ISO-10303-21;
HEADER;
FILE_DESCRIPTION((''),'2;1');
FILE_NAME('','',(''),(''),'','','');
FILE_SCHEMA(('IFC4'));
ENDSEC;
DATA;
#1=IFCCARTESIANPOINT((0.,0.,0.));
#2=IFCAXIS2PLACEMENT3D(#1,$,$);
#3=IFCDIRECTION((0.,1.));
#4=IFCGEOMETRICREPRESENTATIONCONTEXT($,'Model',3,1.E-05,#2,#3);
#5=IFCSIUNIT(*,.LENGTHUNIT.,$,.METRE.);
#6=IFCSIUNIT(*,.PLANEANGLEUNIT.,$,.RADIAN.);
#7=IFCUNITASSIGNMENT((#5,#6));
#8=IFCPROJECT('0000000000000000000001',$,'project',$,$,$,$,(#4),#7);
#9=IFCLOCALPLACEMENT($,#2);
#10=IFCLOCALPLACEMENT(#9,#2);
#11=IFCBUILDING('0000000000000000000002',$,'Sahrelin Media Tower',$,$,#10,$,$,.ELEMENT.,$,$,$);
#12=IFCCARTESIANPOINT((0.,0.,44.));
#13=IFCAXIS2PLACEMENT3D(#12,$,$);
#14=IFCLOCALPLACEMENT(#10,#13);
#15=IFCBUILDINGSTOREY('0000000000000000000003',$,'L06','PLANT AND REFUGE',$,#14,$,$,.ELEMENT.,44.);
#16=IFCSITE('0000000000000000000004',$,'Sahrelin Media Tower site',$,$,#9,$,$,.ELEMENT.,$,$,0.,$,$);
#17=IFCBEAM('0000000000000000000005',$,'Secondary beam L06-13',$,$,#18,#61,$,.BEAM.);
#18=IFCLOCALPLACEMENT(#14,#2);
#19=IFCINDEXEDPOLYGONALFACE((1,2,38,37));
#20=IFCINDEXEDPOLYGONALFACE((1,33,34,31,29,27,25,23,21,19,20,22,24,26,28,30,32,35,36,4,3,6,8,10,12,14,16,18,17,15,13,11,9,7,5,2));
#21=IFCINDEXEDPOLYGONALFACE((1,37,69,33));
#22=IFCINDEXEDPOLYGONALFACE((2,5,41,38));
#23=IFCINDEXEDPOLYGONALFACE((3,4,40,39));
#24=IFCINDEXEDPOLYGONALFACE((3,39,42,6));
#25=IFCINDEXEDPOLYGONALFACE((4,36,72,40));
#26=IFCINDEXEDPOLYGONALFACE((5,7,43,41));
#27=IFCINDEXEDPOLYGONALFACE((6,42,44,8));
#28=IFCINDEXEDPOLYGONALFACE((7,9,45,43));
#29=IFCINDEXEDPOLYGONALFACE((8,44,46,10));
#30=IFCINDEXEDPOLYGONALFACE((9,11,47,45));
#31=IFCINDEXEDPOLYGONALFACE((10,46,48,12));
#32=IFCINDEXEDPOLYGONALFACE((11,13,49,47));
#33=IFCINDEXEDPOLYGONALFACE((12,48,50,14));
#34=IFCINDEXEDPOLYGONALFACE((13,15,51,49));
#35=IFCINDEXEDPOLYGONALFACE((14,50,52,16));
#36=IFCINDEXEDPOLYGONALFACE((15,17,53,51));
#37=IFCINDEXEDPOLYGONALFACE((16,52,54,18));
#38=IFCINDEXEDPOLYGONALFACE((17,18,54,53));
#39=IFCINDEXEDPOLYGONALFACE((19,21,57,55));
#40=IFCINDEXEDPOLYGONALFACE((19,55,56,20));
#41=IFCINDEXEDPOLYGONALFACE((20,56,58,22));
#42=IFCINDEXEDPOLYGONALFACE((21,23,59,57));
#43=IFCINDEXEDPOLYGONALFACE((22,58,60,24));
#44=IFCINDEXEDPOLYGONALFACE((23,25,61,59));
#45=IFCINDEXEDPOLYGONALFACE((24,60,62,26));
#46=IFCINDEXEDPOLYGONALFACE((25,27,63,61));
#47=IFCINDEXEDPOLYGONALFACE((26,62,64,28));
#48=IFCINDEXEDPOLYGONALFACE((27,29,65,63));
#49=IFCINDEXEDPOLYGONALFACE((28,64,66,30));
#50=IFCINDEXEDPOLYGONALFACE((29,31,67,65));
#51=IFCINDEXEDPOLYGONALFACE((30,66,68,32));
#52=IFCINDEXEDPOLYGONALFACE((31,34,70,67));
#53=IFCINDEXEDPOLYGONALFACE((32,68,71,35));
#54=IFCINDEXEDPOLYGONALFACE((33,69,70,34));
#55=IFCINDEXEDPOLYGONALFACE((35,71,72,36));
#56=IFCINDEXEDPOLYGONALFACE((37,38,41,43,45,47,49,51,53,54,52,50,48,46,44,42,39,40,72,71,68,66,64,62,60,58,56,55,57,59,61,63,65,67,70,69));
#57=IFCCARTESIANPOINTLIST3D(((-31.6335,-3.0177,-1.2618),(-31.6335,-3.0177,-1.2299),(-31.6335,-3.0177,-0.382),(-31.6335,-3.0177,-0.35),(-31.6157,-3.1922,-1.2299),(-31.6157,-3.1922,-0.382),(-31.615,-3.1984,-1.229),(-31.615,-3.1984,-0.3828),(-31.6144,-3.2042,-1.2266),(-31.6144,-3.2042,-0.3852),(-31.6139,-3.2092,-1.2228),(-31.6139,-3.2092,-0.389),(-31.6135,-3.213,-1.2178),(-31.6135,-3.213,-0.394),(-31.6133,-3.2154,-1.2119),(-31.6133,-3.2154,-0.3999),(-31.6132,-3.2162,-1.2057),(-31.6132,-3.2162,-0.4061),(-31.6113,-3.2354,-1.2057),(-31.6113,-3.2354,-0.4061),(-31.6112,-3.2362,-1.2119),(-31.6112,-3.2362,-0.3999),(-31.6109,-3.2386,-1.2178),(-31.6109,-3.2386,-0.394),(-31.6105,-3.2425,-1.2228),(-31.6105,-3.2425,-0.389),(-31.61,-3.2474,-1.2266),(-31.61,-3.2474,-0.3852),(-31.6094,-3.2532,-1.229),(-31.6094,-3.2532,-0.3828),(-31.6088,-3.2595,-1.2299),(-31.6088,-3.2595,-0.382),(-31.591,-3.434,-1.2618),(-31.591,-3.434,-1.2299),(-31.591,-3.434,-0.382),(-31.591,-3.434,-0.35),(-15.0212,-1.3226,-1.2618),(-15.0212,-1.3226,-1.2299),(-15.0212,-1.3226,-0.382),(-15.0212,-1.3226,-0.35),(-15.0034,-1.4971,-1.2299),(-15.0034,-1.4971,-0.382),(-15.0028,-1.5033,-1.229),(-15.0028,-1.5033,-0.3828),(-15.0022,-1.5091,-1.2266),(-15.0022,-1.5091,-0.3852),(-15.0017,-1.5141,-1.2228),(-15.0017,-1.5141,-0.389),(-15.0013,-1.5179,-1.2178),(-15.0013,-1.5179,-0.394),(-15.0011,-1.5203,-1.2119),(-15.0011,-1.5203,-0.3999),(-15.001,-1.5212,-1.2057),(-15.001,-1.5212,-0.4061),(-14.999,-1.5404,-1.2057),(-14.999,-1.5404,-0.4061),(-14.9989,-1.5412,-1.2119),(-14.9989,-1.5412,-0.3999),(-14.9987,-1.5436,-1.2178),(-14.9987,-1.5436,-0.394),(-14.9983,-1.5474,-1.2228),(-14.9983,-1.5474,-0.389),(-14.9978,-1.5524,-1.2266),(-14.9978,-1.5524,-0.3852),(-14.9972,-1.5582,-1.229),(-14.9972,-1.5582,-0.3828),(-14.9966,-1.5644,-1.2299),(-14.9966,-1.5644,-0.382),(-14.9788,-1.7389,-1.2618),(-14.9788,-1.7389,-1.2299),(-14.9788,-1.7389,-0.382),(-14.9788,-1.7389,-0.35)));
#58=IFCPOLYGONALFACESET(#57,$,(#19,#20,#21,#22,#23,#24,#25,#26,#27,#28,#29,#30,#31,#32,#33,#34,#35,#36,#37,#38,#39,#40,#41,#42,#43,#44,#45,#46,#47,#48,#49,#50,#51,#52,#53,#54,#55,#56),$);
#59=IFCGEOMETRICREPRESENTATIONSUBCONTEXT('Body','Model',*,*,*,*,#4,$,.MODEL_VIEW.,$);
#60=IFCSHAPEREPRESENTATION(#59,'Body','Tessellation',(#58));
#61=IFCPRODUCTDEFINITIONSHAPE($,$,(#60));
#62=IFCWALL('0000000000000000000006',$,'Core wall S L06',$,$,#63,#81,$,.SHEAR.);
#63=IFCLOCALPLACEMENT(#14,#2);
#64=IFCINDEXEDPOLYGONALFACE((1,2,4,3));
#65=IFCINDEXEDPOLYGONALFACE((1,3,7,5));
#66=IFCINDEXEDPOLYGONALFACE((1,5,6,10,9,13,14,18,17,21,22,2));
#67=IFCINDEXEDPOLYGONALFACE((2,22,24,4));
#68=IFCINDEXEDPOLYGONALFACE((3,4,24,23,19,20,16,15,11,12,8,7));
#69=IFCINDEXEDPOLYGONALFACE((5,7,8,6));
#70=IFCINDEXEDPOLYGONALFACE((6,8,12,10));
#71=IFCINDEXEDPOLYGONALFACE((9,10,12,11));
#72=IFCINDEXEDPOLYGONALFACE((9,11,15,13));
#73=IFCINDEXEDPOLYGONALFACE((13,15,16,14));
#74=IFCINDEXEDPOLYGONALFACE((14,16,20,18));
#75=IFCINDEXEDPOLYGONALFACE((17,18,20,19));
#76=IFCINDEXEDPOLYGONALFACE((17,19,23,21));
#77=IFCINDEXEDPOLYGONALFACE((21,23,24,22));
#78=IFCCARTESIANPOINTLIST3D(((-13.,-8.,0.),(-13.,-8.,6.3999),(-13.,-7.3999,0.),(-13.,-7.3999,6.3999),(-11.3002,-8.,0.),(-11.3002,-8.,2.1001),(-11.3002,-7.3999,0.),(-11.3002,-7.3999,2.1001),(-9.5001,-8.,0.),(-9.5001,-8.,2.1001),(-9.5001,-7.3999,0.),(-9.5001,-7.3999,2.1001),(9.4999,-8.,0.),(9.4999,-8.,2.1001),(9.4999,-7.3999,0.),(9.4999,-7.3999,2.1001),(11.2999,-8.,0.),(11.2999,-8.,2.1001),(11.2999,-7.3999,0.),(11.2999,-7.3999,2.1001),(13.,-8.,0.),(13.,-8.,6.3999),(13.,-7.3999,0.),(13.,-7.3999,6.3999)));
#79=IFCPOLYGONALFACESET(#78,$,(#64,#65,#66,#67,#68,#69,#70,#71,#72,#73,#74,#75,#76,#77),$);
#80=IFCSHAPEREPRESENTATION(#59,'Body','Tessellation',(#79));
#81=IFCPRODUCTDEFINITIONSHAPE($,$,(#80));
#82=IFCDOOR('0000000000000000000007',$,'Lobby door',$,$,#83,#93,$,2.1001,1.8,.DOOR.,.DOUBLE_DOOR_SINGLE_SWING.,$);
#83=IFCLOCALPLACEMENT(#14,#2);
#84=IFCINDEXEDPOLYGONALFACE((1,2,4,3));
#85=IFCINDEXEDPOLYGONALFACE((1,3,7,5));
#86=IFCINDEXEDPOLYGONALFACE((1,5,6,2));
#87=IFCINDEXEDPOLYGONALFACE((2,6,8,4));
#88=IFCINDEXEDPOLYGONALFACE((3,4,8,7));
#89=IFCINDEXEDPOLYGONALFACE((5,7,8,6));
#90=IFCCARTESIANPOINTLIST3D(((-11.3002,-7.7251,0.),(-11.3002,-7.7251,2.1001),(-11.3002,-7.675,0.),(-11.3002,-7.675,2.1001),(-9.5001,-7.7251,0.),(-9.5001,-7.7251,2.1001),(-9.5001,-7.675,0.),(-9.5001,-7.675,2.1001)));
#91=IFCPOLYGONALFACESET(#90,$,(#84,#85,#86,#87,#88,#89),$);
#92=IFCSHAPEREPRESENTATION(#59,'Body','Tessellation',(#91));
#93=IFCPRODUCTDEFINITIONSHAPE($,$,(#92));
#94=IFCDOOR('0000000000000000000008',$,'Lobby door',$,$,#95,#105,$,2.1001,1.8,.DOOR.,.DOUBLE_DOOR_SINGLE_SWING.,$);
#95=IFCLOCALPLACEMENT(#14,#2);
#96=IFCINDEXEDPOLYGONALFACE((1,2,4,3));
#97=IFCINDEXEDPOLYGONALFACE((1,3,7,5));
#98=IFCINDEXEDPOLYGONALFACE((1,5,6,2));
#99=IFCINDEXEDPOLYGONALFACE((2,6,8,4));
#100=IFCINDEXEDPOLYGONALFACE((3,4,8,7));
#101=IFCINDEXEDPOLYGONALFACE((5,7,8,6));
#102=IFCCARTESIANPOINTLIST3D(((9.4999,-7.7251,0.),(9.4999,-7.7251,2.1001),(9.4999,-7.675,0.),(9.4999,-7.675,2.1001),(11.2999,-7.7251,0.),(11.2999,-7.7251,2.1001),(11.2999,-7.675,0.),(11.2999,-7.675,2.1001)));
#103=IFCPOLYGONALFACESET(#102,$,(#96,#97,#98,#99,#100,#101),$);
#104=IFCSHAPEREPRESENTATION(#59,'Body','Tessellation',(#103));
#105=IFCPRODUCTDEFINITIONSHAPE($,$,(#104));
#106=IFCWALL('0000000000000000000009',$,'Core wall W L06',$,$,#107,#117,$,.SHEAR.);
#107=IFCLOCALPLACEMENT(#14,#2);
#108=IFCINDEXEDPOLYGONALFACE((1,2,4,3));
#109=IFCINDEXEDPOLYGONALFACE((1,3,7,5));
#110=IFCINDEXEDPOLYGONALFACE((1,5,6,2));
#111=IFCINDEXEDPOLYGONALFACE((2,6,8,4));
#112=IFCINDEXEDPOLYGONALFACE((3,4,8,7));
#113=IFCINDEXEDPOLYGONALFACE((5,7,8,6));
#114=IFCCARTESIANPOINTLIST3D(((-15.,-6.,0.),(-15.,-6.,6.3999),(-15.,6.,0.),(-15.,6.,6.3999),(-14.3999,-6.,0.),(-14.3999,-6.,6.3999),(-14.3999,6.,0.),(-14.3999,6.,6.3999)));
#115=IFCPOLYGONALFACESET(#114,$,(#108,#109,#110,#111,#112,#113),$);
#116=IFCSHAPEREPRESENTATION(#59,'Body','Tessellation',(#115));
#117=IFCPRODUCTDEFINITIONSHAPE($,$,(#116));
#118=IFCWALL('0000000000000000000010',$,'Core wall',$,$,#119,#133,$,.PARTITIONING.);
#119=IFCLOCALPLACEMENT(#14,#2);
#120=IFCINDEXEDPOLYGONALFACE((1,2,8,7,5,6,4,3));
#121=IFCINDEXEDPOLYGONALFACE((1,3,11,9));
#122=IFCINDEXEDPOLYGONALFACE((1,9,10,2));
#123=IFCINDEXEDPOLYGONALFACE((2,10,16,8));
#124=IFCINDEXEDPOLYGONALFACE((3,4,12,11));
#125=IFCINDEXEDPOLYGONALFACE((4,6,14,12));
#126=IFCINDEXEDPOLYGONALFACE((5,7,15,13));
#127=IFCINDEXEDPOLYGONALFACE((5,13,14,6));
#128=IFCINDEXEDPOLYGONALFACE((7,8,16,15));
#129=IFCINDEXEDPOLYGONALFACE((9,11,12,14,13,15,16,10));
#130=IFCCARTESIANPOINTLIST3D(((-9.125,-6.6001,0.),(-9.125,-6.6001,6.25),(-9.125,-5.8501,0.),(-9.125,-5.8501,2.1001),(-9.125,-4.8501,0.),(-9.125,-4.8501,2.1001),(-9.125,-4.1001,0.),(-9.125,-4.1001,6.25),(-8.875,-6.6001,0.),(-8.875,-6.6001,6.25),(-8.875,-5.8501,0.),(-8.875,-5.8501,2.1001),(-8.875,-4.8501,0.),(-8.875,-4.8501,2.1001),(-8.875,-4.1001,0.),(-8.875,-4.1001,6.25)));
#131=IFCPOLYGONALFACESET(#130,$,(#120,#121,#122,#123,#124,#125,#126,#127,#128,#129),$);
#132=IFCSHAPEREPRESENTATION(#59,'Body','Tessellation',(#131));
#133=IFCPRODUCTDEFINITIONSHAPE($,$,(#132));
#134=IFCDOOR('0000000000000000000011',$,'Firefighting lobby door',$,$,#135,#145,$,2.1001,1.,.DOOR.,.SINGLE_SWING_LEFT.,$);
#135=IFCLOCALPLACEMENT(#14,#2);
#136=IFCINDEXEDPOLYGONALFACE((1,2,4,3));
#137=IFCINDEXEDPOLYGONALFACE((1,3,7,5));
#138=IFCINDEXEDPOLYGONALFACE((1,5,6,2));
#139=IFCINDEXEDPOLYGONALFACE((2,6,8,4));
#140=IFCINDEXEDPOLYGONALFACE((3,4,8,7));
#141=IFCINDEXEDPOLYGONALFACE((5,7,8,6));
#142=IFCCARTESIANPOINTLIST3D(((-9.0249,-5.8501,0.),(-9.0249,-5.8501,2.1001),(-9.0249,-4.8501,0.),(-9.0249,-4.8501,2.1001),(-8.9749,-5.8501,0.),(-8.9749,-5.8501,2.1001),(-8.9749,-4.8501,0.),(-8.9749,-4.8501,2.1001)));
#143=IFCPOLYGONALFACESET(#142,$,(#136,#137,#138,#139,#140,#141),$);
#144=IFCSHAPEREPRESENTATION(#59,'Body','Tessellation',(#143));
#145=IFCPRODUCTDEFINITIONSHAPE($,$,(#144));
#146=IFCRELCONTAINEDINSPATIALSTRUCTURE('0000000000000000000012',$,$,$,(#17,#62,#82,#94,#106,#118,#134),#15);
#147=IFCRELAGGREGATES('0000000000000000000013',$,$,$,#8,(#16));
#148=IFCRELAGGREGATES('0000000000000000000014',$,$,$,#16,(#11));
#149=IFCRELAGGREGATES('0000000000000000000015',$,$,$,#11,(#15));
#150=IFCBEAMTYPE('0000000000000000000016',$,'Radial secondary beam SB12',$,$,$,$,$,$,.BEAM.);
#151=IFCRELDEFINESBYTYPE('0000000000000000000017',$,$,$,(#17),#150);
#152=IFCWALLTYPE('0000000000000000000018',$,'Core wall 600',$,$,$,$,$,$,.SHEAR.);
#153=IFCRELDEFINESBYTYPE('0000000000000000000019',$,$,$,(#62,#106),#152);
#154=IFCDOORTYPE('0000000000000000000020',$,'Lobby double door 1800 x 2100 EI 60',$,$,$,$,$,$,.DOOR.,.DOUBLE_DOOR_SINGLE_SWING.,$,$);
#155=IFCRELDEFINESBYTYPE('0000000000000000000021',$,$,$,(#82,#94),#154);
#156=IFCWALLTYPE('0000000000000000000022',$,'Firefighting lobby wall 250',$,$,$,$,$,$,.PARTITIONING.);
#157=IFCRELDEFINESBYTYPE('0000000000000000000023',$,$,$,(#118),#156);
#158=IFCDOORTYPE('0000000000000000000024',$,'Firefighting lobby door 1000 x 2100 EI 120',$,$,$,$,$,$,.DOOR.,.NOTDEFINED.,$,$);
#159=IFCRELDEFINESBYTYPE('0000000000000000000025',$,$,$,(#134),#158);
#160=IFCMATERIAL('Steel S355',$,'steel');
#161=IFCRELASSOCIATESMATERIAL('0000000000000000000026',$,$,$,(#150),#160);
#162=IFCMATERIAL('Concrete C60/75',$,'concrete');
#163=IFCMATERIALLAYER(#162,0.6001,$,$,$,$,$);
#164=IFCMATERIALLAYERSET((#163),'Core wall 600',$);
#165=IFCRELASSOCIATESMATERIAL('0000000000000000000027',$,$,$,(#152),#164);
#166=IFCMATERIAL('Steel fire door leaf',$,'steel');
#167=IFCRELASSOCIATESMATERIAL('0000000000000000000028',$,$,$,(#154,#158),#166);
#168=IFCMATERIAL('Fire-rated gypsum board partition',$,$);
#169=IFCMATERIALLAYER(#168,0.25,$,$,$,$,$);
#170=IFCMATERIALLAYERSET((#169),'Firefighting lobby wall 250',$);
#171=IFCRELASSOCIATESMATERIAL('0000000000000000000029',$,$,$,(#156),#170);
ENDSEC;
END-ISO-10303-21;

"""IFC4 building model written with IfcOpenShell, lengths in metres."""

from ifc_helpers import new_model, si_unit, direction, frame, frame_2d, origin, origin_2d, place, context, subcontext, project, spatial, rectangle, i_section, extrude, material, layer, layer_set, material_profile, profile_set, type_object, element, fill, save


model = new_model("IFC4")

# Units and contexts
model_context = context("Model", 3, precision=1e-05, world=origin(), true_north=direction((0.0, 1.0)))
body_context = subcontext(model_context, "Body", "Model", "MODEL_VIEW")
ifc_project = project(units=[si_unit("LENGTHUNIT", "METRE"), si_unit("PLANEANGLEUNIT", "RADIAN")], contexts=[model_context])

# Site, building, storey
site_placement = place(None, origin())
site = spatial("IfcSite", under=ifc_project, at=site_placement, Name="Sahrelin Media Tower site", CompositionType="ELEMENT", RefElevation=0.0)
building_placement = place(site_placement, origin())
building = spatial("IfcBuilding", under=site, at=building_placement, Name="Sahrelin Media Tower", CompositionType="ELEMENT")
storey_placement = place(building_placement, frame((0.0, 0.0, 44.0)))
storey = spatial("IfcBuildingStorey", under=building, at=storey_placement, Name="L06", Description="PLANT AND REFUGE", CompositionType="ELEMENT", Elevation=44.0)

# Beam
ifc_material_1 = material(Name="Steel S355", Category="steel")
ifc_material_profile_1 = material_profile(ifc_material_1, i_section(OverallWidth=0.4185, OverallDepth=0.9119, WebThickness=0.0193, FlangeThickness=0.032, FilletRadius=0.0242, at=origin_2d()), Name="UB 914x419x343")
ifc_profile_set_1 = profile_set([ifc_material_profile_1], Name="Steel S355")
beam_type_1 = type_object("IfcBeamType", Name="Radial secondary beam SB12", PredefinedType="BEAM", material=ifc_profile_set_1)
beam_1_placement = place(storey_placement, frame((-15.0, -1.5308, -0.8059), z_axis=(-0.994835, -0.10151, 0.0), x_axis=(0.10151, -0.994835, 0.0)))
element("IfcBeam", 1, at=beam_1_placement, inside=storey, type_object=beam_type_1, Name="Secondary beam L06-13", PredefinedType="BEAM", context=body_context, shape_type="SweptSolid", body=[
    extrude(i_section(OverallWidth=0.4185, OverallDepth=0.9119, WebThickness=0.0193, FlangeThickness=0.032, FilletRadius=0.0242, at=origin_2d()), origin(), (0.0, 0.0, 1.0), 16.6985),
])

# Wall, openings, doors
ifc_material_2 = material(Name="Concrete C60/75", Category="concrete")
ifc_layer_1 = layer(ifc_material_2, 0.6001)
ifc_layer_set_1 = layer_set([ifc_layer_1], Name="Core wall 600")
wall_type_1 = type_object("IfcWallType", Name="Core wall 600", PredefinedType="SHEAR", material=ifc_layer_set_1)
wall_1_placement = place(storey_placement, frame((-13.0, -7.7, 0.0), z_axis=(0.0, 0.0, 1.0), x_axis=(1.0, 0.0, 0.0)))
wall_1 = element("IfcWall", 2, at=wall_1_placement, inside=storey, type_object=wall_type_1, Name="Core wall S L06", PredefinedType="SHEAR", context=body_context, shape_type="SweptSolid", body=[
    extrude(rectangle(XDim=26.0, YDim=0.6001, at=frame_2d((13.0, 0.0))), origin(), (0.0, 0.0, 1.0), 6.3999),
])
opening_1_placement = place(wall_1_placement, frame((1.7, 0.0, 0.0)))
opening_1 = element("IfcOpeningElement", 3, at=opening_1_placement, cuts=wall_1, PredefinedType="OPENING", context=body_context, shape_type="SweptSolid", body=[
    extrude(rectangle(XDim=1.8, YDim=2.1001, at=frame_2d((0.8999, 1.05))), frame((0.0, 0.3, 0.0), z_axis=(0.0, -1.0, 0.0), x_axis=(1.0, 0.0, 0.0)), (0.0, 0.0, 1.0), 0.6001),
])
opening_2_placement = place(wall_1_placement, frame((22.5, 0.0, 0.0)))
opening_2 = element("IfcOpeningElement", 4, at=opening_2_placement, cuts=wall_1, PredefinedType="OPENING", context=body_context, shape_type="SweptSolid", body=[
    extrude(rectangle(XDim=1.8, YDim=2.1001, at=frame_2d((0.8999, 1.05))), frame((0.0, 0.3, 0.0), z_axis=(0.0, -1.0, 0.0), x_axis=(1.0, 0.0, 0.0)), (0.0, 0.0, 1.0), 0.6001),
])
ifc_material_3 = material(Name="Steel fire door leaf", Category="steel")
door_type_1 = type_object("IfcDoorType", Name="Lobby double door 1800 x 2100 EI 60", OperationType="DOUBLE_DOOR_SINGLE_SWING", PredefinedType="DOOR", material=ifc_material_3)
door_1_placement = place(opening_1_placement, origin())
door_1 = element("IfcDoor", 5, at=door_1_placement, inside=storey, type_object=door_type_1, Name="Lobby door", OperationType="DOUBLE_DOOR_SINGLE_SWING", OverallHeight=2.1001, OverallWidth=1.8, PredefinedType="DOOR", context=body_context, shape_type="SweptSolid", body=[
    extrude(rectangle(XDim=1.8, YDim=2.1001, at=frame_2d((0.8999, 1.05))), frame((0.0, 0.0249, 0.0), z_axis=(0.0, -1.0, 0.0), x_axis=(1.0, 0.0, 0.0)), (0.0, 0.0, 1.0), 0.05),
])
fill(opening_1, door_1)
door_2_placement = place(opening_2_placement, origin())
door_2 = element("IfcDoor", 6, at=door_2_placement, inside=storey, type_object=door_type_1, Name="Lobby door", OperationType="DOUBLE_DOOR_SINGLE_SWING", OverallHeight=2.1001, OverallWidth=1.8, PredefinedType="DOOR", context=body_context, shape_type="SweptSolid", body=[
    extrude(rectangle(XDim=1.8, YDim=2.1001, at=frame_2d((0.8999, 1.05))), frame((0.0, 0.0249, 0.0), z_axis=(0.0, -1.0, 0.0), x_axis=(1.0, 0.0, 0.0)), (0.0, 0.0, 1.0), 0.05),
])
fill(opening_2, door_2)

# Wall
wall_2_placement = place(storey_placement, frame((-14.7, -6.0, 0.0), z_axis=(0.0, 0.0, 1.0), x_axis=(0.0, 1.0, 0.0)))
element("IfcWall", 7, at=wall_2_placement, inside=storey, type_object=wall_type_1, Name="Core wall W L06", PredefinedType="SHEAR", context=body_context, shape_type="SweptSolid", body=[
    extrude(rectangle(XDim=12.0, YDim=0.6001, at=frame_2d((6.0, 0.0))), origin(), (0.0, 0.0, 1.0), 6.3999),
])

# Wall, opening, door
ifc_material_4 = material(Name="Fire-rated gypsum board partition")
ifc_layer_2 = layer(ifc_material_4, 0.25)
ifc_layer_set_2 = layer_set([ifc_layer_2], Name="Firefighting lobby wall 250")
wall_type_2 = type_object("IfcWallType", Name="Firefighting lobby wall 250", PredefinedType="PARTITIONING", material=ifc_layer_set_2)
wall_3_placement = place(storey_placement, frame((-9.0, -6.6001, 0.0), z_axis=(0.0, 0.0, 1.0), x_axis=(0.0, 1.0, 0.0)))
wall_3 = element("IfcWall", 8, at=wall_3_placement, inside=storey, type_object=wall_type_2, Name="Core wall", PredefinedType="PARTITIONING", context=body_context, shape_type="SweptSolid", body=[
    extrude(rectangle(XDim=2.5, YDim=0.25, at=frame_2d((1.25, 0.0))), origin(), (0.0, 0.0, 1.0), 6.25),
])
opening_3_placement = place(wall_3_placement, frame((0.75, 0.0, 0.0)))
opening_3 = element("IfcOpeningElement", 9, at=opening_3_placement, cuts=wall_3, PredefinedType="OPENING", context=body_context, shape_type="SweptSolid", body=[
    extrude(rectangle(XDim=1.0, YDim=2.1001, at=frame_2d((0.5, 1.05))), frame((0.0, 0.125, 0.0), z_axis=(0.0, -1.0, 0.0), x_axis=(1.0, 0.0, 0.0)), (0.0, 0.0, 1.0), 0.25),
])
door_type_2 = type_object("IfcDoorType", Name="Firefighting lobby door 1000 x 2100 EI 120", OperationType="NOTDEFINED", PredefinedType="DOOR", material=ifc_material_3)
door_3_placement = place(opening_3_placement, origin())
door_3 = element("IfcDoor", 10, at=door_3_placement, inside=storey, type_object=door_type_2, Name="Firefighting lobby door", OperationType="SINGLE_SWING_LEFT", OverallHeight=2.1001, OverallWidth=1.0, PredefinedType="DOOR", context=body_context, shape_type="SweptSolid", body=[
    extrude(rectangle(XDim=1.0, YDim=2.1001, at=frame_2d((0.5, 1.05))), frame((0.0, 0.0249, 0.0), z_axis=(0.0, -1.0, 0.0), x_axis=(1.0, 0.0, 0.0)), (0.0, 0.0, 1.0), 0.05),
])
fill(opening_3, door_3)

save(model, "model.ifc")
